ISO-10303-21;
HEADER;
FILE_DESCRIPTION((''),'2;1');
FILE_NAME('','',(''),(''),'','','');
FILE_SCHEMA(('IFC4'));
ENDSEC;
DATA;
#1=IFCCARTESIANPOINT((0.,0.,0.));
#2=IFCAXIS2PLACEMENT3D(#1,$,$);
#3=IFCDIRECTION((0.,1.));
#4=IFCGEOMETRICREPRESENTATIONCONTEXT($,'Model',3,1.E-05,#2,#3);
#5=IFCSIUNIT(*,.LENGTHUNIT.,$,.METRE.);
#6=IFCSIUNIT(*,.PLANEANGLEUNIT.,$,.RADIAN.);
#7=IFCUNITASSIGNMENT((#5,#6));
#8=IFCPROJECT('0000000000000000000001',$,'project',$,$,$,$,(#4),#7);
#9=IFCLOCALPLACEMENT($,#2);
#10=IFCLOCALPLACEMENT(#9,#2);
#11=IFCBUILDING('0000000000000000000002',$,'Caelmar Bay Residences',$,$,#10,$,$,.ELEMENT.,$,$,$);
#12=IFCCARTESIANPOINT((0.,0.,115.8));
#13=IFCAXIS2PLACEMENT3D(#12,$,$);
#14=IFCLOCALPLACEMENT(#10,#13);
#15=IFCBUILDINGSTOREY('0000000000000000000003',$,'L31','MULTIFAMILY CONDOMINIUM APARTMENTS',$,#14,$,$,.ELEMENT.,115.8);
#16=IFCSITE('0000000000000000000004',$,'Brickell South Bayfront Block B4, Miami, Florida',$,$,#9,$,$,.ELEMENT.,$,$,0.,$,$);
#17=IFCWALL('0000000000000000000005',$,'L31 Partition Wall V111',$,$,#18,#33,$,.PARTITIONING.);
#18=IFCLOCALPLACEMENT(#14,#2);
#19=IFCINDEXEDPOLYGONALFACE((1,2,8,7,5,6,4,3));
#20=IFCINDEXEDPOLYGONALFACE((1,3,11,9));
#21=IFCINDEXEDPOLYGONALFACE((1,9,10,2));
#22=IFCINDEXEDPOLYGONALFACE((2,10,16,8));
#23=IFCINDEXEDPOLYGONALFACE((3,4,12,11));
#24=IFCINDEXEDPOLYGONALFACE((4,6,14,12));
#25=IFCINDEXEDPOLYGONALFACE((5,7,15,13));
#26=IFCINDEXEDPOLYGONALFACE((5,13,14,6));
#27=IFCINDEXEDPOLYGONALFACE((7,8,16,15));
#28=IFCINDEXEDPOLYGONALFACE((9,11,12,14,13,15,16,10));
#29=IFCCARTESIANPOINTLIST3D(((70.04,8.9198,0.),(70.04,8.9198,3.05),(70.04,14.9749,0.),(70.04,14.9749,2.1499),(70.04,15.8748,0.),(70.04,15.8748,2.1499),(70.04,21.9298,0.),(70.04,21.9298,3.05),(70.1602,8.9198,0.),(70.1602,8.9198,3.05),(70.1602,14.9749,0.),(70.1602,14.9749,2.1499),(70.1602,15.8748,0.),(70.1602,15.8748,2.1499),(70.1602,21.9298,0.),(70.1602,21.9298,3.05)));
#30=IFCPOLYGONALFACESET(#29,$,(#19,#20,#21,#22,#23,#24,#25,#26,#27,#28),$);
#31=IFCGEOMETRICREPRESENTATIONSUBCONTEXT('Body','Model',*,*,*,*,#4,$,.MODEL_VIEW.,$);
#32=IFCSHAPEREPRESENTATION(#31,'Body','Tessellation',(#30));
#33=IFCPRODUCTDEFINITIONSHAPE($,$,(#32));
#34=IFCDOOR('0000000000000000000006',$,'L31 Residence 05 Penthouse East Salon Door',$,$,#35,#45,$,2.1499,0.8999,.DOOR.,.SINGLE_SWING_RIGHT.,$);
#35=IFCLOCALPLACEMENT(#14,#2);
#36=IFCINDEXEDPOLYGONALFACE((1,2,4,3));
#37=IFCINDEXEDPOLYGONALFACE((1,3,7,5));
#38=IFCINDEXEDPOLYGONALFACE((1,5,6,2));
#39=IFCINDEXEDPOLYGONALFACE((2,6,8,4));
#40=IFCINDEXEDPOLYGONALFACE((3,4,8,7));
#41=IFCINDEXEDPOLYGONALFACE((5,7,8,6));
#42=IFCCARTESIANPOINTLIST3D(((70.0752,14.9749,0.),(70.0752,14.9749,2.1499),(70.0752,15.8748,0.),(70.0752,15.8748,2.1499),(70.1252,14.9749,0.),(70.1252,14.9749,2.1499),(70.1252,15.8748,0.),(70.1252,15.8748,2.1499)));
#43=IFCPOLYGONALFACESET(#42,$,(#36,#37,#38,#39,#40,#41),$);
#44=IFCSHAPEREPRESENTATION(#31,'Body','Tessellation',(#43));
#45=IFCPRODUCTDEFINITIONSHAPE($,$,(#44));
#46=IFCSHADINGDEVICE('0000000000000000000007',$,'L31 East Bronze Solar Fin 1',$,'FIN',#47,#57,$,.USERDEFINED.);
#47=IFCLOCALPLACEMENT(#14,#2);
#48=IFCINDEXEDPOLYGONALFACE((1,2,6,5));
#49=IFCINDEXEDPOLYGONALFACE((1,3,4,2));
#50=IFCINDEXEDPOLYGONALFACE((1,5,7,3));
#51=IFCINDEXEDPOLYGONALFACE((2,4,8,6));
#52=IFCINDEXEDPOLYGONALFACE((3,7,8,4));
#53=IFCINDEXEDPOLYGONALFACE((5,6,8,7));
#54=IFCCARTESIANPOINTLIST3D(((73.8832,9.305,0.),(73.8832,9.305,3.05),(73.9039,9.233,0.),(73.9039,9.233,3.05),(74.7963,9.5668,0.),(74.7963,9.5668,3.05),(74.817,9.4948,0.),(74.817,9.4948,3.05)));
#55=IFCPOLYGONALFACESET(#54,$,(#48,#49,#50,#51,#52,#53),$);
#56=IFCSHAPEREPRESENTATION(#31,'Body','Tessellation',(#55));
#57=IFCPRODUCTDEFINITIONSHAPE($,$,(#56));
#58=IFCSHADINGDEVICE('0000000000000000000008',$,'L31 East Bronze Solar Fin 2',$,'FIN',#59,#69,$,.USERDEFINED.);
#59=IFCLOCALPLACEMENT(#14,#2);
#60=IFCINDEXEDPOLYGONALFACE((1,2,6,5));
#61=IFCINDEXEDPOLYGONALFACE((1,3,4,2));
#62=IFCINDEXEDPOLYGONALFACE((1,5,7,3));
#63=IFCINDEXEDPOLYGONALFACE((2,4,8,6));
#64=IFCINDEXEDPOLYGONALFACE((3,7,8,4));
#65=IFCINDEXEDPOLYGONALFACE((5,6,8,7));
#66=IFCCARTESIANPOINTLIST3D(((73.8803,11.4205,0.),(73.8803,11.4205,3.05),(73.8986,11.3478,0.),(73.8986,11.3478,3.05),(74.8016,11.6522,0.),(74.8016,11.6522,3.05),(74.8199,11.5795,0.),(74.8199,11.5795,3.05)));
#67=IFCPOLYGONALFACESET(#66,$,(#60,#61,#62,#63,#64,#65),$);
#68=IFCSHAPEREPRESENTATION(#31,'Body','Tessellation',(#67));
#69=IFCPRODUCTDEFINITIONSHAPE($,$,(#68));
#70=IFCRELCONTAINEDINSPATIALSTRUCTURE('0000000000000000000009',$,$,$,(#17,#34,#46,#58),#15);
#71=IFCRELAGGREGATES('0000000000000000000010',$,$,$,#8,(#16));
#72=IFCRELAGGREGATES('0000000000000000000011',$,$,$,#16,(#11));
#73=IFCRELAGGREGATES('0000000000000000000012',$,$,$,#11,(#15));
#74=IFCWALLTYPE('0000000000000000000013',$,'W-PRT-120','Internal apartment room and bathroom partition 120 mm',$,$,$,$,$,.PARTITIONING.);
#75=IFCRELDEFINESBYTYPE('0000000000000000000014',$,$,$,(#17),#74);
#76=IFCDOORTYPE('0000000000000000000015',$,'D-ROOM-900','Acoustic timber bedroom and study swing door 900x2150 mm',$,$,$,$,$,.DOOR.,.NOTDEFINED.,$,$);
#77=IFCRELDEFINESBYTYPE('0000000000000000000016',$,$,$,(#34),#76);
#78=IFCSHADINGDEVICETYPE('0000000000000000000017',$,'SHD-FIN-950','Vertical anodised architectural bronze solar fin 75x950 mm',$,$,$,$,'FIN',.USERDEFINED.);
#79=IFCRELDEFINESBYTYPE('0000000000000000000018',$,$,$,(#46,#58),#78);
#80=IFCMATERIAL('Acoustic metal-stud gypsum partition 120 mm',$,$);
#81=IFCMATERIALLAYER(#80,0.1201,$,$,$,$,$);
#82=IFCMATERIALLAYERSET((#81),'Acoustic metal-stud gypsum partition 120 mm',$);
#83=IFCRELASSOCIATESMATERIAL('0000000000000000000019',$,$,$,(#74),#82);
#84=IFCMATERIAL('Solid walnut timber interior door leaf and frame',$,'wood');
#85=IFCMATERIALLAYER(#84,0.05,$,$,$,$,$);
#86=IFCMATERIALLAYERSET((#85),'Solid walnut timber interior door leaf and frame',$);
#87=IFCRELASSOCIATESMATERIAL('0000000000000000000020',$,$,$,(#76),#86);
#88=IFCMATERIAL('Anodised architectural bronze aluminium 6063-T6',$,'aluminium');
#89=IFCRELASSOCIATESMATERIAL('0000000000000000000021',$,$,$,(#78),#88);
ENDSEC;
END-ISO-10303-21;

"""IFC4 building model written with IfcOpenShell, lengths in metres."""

from ifc_helpers import new_model, si_unit, direction, frame, frame_2d, origin, origin_2d, place, context, subcontext, project, spatial, rectangle, extrude, material, layer, layer_set, material_profile, profile_set, type_object, element, fill, save


model = new_model("IFC4")

# Units and contexts
model_context = context("Model", 3, precision=1e-05, world=origin(), true_north=direction((0.0, 1.0)))
body_context = subcontext(model_context, "Body", "Model", "MODEL_VIEW")
ifc_project = project(units=[si_unit("LENGTHUNIT", "METRE"), si_unit("PLANEANGLEUNIT", "RADIAN")], contexts=[model_context])

# Site, building, storey
site_placement = place(None, origin())
site = spatial("IfcSite", under=ifc_project, at=site_placement, Name="Brickell South Bayfront Block B4, Miami, Florida", CompositionType="ELEMENT", RefElevation=0.0)
building_placement = place(site_placement, origin())
building = spatial("IfcBuilding", under=site, at=building_placement, Name="Caelmar Bay Residences", CompositionType="ELEMENT")
storey_placement = place(building_placement, frame((0.0, 0.0, 115.8)))
storey = spatial("IfcBuildingStorey", under=building, at=storey_placement, Name="L31", Description="MULTIFAMILY CONDOMINIUM APARTMENTS", CompositionType="ELEMENT", Elevation=115.8)

# Shared definitions
ifc_material_1 = material(Name="Acoustic metal-stud gypsum partition 120 mm")
ifc_layer_1 = layer(ifc_material_1, 0.1201)
ifc_layer_set_1 = layer_set([ifc_layer_1], Name="Acoustic metal-stud gypsum partition 120 mm")
wall_type_1 = type_object("IfcWallType", Name="W-PRT-120", Description="Internal apartment room and bathroom partition 120 mm", PredefinedType="PARTITIONING", material=ifc_layer_set_1)

# Wall, opening, door
wall_1_placement = place(storey_placement, frame((70.1001, 8.9199, 0.0), z_axis=(0.0, 0.0, 1.0), x_axis=(0.0, 1.0, 0.0)))
wall_1 = element("IfcWall", 1, at=wall_1_placement, inside=storey, type_object=wall_type_1, Name="L31 Partition Wall V111", PredefinedType="PARTITIONING", context=body_context, shape_type="SweptSolid", body=[
    extrude(rectangle(XDim=13.01, YDim=0.1201, at=frame_2d((6.5049, 0.0))), origin(), (0.0, 0.0, 1.0), 3.05),
])
opening_placement = place(wall_1_placement, frame((6.0549, 0.0, 0.0)))
opening = element("IfcOpeningElement", 2, at=opening_placement, cuts=wall_1, PredefinedType="OPENING", context=body_context, shape_type="SweptSolid", body=[
    extrude(rectangle(XDim=0.8999, YDim=2.1499, at=frame_2d((0.45, 1.075))), frame((0.0, 0.0701, 0.0), z_axis=(0.0, -1.0, 0.0), x_axis=(1.0, 0.0, 0.0)), (0.0, 0.0, 1.0), 0.1401),
])
ifc_material_2 = material(Name="Solid walnut timber interior door leaf and frame", Category="wood")
ifc_layer_2 = layer(ifc_material_2, 0.05)
ifc_layer_set_2 = layer_set([ifc_layer_2], Name="Solid walnut timber interior door leaf and frame")
door_type = type_object("IfcDoorType", Name="D-ROOM-900", Description="Acoustic timber bedroom and study swing door 900x2150 mm", OperationType="NOTDEFINED", PredefinedType="DOOR", material=ifc_layer_set_2)
door_placement = place(opening_placement, origin())
door = element("IfcDoor", 3, at=door_placement, inside=storey, type_object=door_type, Name="L31 Residence 05 Penthouse East Salon Door", OperationType="SINGLE_SWING_RIGHT", OverallHeight=2.1499, OverallWidth=0.8999, PredefinedType="DOOR", context=body_context, shape_type="SweptSolid", body=[
    extrude(rectangle(XDim=0.8999, YDim=2.1499, at=frame_2d((0.45, 1.075))), frame((0.0, 0.0249, 0.0), z_axis=(0.0, -1.0, 0.0), x_axis=(1.0, 0.0, 0.0)), (0.0, 0.0, 1.0), 0.05),
])
fill(opening, door)

# Shading devices
ifc_material_3 = material(Name="Anodised architectural bronze aluminium 6063-T6", Category="aluminium")
ifc_material_profile_1 = material_profile(ifc_material_3, rectangle(XDim=0.075, YDim=0.95, at=origin_2d()), Name="BRONZE-FIN-75X950")
ifc_profile_set_1 = profile_set([ifc_material_profile_1], Name="Anodised architectural bronze aluminium 6063-T6")
shading_device_type = type_object("IfcShadingDeviceType", Name="SHD-FIN-950", Description="Vertical anodised architectural bronze solar fin 75x950 mm", ElementType="FIN", PredefinedType="USERDEFINED", material=ifc_profile_set_1)
for number, where, z_axis, x_axis, name in (
    (4, (74.3501, 9.3999, 0.0), (0.0, 0.0, 1.0), (-0.275637, 0.961262, 0.0), "L31 East Bronze Solar Fin 1"),
    (5, (74.3501, 11.5, 0.0), (0.0, 0.0, 1.0), (-0.243954, 0.969787, 0.0), "L31 East Bronze Solar Fin 2"),
):
    element("IfcShadingDevice", number, at=place(storey_placement, frame(where, z_axis=z_axis, x_axis=x_axis)), inside=storey, type_object=shading_device_type, Name=name, ObjectType="FIN", PredefinedType="USERDEFINED", context=body_context, shape_type="SweptSolid", body=[
        extrude(rectangle(XDim=0.075, YDim=0.95, at=origin_2d()), origin(), (0.0, 0.0, 1.0), 3.05),
    ])

save(model, "model.ifc")
